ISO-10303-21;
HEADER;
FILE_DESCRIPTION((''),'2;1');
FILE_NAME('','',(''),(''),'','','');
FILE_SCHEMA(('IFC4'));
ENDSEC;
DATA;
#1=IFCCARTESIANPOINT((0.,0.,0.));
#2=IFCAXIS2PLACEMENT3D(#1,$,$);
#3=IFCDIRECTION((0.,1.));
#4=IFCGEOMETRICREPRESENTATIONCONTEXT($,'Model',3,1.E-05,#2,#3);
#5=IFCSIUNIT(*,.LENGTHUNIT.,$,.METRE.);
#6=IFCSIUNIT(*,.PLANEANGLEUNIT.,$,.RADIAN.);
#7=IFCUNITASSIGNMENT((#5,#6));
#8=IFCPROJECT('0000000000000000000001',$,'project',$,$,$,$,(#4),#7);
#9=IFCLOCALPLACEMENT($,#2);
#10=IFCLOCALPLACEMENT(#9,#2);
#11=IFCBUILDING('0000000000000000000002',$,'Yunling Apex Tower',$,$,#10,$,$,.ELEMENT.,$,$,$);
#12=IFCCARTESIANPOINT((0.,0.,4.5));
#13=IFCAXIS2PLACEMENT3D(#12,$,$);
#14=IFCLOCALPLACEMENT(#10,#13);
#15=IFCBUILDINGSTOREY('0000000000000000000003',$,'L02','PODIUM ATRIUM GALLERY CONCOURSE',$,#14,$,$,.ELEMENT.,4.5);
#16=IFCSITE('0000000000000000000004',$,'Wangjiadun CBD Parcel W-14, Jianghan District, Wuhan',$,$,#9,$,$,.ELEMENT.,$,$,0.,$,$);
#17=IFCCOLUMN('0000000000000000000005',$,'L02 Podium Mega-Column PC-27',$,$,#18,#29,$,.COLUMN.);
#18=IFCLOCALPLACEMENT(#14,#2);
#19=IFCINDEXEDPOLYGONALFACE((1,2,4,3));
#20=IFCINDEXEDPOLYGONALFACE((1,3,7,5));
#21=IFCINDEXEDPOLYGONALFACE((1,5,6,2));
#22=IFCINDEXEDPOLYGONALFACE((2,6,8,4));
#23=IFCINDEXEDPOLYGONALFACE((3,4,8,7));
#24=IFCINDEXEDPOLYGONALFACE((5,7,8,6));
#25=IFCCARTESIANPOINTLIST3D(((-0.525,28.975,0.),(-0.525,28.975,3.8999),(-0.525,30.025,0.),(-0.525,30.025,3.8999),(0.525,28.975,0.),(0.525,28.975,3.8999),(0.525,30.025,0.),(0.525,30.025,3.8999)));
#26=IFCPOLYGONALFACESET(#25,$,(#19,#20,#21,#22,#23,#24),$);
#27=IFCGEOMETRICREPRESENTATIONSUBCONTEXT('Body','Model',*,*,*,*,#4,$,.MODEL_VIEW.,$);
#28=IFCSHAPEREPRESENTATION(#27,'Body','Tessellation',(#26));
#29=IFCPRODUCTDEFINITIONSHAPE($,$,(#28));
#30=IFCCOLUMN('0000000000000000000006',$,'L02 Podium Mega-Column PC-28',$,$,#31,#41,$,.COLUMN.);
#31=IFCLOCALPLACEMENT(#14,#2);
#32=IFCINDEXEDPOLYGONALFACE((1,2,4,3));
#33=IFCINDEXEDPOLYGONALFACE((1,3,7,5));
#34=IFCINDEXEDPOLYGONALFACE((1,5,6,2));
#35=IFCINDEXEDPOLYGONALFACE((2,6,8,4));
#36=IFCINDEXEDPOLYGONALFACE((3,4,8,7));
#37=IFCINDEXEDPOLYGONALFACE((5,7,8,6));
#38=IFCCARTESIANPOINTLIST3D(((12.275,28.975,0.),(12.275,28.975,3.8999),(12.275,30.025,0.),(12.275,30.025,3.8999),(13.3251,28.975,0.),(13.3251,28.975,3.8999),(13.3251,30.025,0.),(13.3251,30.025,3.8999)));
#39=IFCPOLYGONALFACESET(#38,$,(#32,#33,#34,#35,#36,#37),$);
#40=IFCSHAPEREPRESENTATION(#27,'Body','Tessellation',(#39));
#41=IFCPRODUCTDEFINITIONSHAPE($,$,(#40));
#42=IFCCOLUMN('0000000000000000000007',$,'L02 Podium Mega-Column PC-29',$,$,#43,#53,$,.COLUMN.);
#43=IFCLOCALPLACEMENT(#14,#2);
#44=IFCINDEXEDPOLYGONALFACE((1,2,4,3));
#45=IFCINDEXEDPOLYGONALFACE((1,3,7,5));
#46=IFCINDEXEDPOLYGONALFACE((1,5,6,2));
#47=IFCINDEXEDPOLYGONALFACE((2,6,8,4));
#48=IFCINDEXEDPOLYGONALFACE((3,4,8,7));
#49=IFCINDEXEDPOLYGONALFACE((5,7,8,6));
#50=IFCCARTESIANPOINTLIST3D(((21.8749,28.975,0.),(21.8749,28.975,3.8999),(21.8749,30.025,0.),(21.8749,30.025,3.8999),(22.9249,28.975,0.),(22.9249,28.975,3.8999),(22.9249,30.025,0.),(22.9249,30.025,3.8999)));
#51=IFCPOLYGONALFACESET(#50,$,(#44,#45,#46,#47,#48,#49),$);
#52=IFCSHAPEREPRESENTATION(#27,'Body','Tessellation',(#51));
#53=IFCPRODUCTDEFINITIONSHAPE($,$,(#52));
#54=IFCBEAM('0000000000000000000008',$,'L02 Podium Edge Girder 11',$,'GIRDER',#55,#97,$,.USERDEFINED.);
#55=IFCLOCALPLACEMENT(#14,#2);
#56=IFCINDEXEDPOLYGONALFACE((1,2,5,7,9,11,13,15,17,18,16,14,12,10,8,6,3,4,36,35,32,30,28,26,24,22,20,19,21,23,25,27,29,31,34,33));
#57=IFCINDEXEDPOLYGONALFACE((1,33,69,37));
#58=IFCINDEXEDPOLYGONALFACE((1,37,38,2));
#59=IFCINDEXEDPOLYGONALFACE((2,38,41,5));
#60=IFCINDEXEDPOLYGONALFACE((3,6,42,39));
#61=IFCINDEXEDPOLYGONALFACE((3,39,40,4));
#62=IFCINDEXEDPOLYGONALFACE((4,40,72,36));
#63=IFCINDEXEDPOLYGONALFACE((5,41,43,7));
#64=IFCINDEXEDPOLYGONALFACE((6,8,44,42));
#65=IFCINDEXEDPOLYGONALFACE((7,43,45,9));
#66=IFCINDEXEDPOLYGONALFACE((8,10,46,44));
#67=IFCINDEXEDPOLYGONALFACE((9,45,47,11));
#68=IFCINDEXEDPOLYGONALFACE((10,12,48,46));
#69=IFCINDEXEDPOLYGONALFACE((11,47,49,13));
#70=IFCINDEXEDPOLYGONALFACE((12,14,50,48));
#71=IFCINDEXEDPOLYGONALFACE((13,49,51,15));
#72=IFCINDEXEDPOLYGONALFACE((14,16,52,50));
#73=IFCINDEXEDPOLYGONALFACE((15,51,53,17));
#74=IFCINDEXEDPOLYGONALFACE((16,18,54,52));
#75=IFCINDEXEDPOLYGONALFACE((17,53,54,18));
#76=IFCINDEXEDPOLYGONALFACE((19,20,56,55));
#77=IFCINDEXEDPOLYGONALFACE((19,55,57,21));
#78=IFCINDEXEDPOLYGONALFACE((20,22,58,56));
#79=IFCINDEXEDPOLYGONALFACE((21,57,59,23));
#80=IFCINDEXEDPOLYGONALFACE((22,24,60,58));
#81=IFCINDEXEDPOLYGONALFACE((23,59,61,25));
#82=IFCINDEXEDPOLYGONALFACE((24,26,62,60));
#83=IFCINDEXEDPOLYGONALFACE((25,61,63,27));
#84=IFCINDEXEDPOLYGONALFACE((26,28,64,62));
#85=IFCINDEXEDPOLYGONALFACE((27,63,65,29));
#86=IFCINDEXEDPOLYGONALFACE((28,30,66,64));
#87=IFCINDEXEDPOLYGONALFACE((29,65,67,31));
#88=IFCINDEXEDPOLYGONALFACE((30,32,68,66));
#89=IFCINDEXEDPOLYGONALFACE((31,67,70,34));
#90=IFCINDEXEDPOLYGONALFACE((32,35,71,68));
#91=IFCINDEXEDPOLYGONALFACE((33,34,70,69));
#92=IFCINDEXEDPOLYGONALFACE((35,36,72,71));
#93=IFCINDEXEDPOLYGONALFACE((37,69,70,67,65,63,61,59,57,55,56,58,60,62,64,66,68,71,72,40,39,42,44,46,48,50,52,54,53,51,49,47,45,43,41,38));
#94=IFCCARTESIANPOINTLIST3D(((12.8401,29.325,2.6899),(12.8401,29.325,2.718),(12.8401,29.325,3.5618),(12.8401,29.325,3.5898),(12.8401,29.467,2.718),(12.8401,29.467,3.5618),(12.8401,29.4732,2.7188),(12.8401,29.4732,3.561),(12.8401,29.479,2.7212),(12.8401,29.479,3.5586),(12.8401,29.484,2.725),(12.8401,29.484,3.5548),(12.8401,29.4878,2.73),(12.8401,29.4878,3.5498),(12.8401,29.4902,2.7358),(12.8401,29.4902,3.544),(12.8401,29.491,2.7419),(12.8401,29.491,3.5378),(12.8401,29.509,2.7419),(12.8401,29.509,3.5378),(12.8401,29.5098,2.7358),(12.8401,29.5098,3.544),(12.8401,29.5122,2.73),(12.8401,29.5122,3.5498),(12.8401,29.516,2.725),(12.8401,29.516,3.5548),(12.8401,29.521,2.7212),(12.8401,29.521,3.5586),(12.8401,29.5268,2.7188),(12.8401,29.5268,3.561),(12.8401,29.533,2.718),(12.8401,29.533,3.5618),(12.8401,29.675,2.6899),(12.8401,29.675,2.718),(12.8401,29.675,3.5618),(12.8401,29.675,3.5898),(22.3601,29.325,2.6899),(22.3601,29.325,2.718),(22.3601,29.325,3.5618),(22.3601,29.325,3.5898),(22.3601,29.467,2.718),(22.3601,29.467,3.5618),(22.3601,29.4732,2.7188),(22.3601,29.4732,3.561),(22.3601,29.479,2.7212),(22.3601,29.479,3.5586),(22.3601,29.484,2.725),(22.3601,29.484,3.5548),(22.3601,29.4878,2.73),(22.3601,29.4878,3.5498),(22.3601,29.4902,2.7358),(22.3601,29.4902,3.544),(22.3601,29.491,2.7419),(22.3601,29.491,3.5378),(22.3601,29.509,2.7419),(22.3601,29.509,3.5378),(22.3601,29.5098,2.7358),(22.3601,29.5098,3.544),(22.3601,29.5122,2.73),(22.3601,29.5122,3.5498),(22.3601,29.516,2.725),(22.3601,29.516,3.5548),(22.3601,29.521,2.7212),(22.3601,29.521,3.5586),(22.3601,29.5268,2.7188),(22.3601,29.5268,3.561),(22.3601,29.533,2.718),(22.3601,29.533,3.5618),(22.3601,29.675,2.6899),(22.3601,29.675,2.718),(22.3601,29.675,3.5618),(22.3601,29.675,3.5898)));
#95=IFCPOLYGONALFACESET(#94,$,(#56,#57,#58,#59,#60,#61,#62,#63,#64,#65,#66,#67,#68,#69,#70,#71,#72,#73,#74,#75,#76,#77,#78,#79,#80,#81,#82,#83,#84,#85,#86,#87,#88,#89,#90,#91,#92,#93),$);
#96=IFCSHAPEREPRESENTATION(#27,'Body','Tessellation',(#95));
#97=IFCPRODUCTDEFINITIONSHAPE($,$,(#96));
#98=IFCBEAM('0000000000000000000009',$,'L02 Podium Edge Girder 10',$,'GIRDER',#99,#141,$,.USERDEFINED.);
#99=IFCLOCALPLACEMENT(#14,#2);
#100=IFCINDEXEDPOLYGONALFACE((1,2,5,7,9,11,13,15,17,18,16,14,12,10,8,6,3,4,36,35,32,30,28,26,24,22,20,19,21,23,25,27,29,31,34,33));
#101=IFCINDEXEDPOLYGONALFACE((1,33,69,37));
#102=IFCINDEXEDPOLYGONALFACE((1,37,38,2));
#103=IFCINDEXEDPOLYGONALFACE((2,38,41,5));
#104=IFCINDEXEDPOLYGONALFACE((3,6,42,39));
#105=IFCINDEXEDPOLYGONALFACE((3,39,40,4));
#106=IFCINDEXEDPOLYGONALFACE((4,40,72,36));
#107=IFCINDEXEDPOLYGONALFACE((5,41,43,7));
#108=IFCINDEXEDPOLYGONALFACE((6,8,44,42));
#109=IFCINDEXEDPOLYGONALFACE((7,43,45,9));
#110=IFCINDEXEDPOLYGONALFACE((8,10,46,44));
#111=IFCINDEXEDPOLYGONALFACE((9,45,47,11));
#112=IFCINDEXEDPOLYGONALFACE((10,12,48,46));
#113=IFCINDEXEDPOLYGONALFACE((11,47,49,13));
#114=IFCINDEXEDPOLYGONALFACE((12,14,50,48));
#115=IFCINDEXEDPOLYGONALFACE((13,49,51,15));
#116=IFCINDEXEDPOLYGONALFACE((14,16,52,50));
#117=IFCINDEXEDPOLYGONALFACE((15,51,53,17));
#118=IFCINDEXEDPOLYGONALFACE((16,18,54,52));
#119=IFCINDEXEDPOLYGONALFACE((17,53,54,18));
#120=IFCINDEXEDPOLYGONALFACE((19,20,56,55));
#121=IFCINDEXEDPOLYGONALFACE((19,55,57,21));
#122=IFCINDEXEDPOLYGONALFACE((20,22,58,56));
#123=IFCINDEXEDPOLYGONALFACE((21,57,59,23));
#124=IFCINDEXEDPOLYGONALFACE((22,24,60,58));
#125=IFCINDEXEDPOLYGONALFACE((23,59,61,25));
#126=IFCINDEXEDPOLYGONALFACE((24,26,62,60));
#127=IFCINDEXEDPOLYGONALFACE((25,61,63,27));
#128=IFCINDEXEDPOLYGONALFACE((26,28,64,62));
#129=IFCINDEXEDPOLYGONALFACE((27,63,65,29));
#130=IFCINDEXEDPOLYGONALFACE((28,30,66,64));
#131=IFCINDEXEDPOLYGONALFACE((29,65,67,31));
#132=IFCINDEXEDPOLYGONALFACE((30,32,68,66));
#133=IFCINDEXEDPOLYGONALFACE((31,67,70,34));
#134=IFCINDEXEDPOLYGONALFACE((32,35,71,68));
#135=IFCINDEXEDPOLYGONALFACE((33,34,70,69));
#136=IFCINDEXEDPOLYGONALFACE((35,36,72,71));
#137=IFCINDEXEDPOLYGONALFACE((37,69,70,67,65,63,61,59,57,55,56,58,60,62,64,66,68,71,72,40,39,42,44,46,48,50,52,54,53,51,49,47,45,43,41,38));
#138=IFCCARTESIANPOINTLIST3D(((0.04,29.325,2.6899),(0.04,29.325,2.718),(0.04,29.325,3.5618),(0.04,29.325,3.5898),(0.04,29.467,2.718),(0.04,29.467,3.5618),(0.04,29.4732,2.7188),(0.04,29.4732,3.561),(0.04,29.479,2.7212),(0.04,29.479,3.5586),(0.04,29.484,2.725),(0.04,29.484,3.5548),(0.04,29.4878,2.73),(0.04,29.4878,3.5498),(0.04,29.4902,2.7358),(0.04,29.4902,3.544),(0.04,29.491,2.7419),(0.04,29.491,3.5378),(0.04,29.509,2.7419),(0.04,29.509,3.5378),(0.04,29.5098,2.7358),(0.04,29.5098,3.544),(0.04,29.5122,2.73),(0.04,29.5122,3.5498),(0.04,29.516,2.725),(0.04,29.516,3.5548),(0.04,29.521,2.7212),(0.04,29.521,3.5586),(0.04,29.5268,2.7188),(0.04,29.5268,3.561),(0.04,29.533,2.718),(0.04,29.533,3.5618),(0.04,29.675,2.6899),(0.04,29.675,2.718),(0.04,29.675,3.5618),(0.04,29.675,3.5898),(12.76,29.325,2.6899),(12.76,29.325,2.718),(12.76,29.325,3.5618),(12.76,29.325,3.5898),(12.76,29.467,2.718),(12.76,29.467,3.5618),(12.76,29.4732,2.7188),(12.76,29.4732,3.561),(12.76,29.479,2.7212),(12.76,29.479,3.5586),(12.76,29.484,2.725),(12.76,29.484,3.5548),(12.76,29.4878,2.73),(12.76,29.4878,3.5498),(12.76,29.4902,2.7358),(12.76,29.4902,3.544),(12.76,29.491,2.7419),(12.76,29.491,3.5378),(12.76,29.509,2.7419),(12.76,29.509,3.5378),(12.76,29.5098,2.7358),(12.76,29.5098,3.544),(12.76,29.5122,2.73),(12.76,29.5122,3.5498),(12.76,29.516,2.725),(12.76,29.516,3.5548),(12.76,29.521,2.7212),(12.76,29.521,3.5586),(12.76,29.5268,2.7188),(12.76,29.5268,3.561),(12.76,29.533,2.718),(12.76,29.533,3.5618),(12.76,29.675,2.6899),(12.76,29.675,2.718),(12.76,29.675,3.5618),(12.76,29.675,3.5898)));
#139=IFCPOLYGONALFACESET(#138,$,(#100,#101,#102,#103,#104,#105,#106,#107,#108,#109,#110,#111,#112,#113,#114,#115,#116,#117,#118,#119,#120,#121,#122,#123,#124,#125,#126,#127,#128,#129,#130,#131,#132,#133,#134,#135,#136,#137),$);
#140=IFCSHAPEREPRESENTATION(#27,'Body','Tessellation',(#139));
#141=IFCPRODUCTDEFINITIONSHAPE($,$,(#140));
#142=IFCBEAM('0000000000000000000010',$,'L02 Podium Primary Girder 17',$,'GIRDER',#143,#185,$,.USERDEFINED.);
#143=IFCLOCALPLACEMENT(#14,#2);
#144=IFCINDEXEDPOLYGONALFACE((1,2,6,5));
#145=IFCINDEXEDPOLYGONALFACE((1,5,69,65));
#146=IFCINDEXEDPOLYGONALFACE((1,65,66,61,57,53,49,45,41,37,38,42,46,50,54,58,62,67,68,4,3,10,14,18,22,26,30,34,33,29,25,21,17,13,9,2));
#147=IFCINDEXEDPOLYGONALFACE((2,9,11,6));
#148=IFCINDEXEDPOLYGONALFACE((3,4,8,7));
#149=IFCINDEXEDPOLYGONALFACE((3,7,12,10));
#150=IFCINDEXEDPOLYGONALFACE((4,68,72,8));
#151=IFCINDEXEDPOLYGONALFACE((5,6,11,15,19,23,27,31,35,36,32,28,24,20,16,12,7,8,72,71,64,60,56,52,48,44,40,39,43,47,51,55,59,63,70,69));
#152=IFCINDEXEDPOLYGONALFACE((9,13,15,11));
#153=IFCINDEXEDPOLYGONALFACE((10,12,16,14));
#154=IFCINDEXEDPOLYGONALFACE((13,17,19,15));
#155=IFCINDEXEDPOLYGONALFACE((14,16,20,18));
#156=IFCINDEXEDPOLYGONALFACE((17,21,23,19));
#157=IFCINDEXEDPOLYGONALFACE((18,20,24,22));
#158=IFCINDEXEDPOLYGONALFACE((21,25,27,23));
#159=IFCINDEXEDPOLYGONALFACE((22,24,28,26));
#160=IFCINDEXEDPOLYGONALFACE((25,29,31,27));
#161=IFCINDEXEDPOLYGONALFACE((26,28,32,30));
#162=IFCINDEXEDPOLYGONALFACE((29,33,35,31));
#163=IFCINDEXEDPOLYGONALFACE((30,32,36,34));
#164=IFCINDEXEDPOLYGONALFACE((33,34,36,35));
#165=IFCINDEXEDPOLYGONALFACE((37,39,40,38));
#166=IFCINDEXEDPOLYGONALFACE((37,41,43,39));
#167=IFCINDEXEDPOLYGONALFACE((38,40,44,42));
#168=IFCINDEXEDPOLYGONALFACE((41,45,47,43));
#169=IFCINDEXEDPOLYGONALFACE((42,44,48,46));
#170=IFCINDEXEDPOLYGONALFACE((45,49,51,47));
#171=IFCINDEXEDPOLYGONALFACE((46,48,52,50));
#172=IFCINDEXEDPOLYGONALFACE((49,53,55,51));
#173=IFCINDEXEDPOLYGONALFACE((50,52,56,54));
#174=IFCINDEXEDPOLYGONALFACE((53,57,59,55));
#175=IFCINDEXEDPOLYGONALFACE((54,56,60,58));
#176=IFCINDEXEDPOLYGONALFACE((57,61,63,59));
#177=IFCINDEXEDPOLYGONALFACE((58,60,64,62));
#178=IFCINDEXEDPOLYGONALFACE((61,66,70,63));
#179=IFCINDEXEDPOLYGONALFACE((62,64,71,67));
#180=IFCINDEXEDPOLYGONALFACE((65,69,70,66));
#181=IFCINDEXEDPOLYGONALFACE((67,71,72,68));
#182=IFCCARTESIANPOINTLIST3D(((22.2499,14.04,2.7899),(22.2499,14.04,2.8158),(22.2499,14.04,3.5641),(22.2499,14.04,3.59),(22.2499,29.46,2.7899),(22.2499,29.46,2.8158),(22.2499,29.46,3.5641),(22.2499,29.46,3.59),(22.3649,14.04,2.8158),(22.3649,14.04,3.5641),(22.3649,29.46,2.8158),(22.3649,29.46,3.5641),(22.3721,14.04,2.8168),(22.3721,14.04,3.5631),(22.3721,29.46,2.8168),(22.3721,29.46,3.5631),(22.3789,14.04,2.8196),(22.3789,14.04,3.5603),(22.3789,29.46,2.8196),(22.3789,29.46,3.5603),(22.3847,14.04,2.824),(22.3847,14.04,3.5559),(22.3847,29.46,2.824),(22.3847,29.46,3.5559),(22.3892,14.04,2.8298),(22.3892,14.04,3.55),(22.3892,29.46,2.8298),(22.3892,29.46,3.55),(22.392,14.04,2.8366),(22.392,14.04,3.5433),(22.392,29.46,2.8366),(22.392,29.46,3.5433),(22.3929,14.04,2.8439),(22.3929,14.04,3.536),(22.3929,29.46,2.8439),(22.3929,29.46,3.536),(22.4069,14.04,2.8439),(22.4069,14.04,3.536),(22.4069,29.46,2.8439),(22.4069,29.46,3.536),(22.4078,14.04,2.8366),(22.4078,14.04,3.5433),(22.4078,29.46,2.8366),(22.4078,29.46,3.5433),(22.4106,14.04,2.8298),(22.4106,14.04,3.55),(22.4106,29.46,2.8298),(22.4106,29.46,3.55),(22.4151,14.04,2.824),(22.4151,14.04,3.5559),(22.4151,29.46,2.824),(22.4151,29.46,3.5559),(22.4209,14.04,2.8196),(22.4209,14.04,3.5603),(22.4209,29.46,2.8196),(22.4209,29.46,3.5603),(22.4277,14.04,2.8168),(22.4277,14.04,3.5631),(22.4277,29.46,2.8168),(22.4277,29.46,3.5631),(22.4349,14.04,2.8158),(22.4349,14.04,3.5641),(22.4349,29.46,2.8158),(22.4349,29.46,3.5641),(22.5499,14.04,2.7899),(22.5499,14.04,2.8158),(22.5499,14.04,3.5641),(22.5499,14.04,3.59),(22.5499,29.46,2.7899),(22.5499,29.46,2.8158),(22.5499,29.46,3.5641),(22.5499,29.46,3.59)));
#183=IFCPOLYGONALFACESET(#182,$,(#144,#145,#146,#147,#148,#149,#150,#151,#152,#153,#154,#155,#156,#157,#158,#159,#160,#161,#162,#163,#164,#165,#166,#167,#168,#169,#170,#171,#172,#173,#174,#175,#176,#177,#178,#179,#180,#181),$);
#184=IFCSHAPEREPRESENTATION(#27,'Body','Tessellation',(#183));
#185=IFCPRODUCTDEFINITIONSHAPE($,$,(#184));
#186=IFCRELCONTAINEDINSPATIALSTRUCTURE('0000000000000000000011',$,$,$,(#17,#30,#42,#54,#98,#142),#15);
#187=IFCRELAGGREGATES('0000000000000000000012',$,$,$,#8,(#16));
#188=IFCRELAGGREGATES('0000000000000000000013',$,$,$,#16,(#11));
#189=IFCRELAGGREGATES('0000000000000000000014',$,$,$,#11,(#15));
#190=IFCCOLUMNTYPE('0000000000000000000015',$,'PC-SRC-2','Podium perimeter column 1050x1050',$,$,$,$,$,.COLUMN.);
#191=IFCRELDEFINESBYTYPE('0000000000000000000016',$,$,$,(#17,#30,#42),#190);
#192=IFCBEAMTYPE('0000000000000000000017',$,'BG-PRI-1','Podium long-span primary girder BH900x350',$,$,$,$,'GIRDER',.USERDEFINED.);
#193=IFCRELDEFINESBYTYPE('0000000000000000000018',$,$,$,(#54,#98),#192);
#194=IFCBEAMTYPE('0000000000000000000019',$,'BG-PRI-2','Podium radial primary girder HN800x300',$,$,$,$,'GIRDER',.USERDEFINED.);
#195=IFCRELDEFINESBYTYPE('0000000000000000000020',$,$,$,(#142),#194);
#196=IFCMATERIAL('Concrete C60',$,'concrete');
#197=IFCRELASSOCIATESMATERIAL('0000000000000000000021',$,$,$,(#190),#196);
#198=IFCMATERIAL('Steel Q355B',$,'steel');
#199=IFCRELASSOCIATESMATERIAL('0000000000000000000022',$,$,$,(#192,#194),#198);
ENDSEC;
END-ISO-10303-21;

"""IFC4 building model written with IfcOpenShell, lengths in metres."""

from ifc_helpers import new_model, si_unit, direction, frame, origin, origin_2d, place, context, subcontext, project, spatial, rectangle, i_section, extrude, source, transform, mapped, material, material_profile, profile_set, type_object, element, save


model = new_model("IFC4")

# Units and contexts
model_context = context("Model", 3, precision=1e-05, world=origin(), true_north=direction((0.0, 1.0)))
body_context = subcontext(model_context, "Body", "Model", "MODEL_VIEW")
ifc_project = project(units=[si_unit("LENGTHUNIT", "METRE"), si_unit("PLANEANGLEUNIT", "RADIAN")], contexts=[model_context])

# Site, building, storey
site_placement = place(None, origin())
site = spatial("IfcSite", under=ifc_project, at=site_placement, Name="Wangjiadun CBD Parcel W-14, Jianghan District, Wuhan", CompositionType="ELEMENT", RefElevation=0.0)
building_placement = place(site_placement, origin())
building = spatial("IfcBuilding", under=site, at=building_placement, Name="Yunling Apex Tower", CompositionType="ELEMENT")
storey_placement = place(building_placement, frame((0.0, 0.0, 4.5)))
storey = spatial("IfcBuildingStorey", under=building, at=storey_placement, Name="L02", Description="PODIUM ATRIUM GALLERY CONCOURSE", CompositionType="ELEMENT", Elevation=4.5)

# Columns
ifc_material_1 = material(Name="Concrete C60", Category="concrete")
ifc_material_profile_1 = material_profile(ifc_material_1, rectangle(XDim=1.05, YDim=1.05, at=origin_2d()))
ifc_profile_set_1 = profile_set([ifc_material_profile_1], Name="Concrete C60")
column_type = type_object("IfcColumnType", Name="PC-SRC-2", Description="Podium perimeter column 1050x1050", PredefinedType="COLUMN", material=ifc_profile_set_1)
shared_shape_1 = source(origin(), body_context, "Body", "SweptSolid", [
    extrude(rectangle(XDim=1.05, YDim=1.05, at=origin_2d()), origin(), (0.0, 0.0, 1.0), 3.8999),
])
for number, where, z_axis, x_axis, name in (
    (1, (0.0, 29.5, 0.0), (0.0, 0.0, 1.0), (1.0, 0.0, 0.0), "L02 Podium Mega-Column PC-27"),
    (2, (12.8, 29.5, 0.0), (0.0, 0.0, 1.0), (1.0, 0.0, 0.0), "L02 Podium Mega-Column PC-28"),
    (3, (22.3999, 29.5, 0.0), (0.0, 0.0, 1.0), (1.0, 0.0, 0.0), "L02 Podium Mega-Column PC-29"),
):
    element("IfcColumn", number, at=place(storey_placement, frame(where, z_axis=z_axis, x_axis=x_axis)), inside=storey, type_object=column_type, Name=name, PredefinedType="COLUMN", context=body_context, shape_type="MappedRepresentation", body=[
        mapped(shared_shape_1, transform((0.0, 0.0, 0.0), scale=1.0)),
    ])

# Beams
ifc_material_2 = material(Name="Steel Q355B", Category="steel")
ifc_material_profile_2 = material_profile(ifc_material_2, i_section(OverallWidth=0.3501, OverallDepth=0.8999, WebThickness=0.0181, FlangeThickness=0.0281, FilletRadius=0.0239, at=origin_2d()))
ifc_profile_set_2 = profile_set([ifc_material_profile_2], Name="Steel Q355B")
beam_type_1 = type_object("IfcBeamType", Name="BG-PRI-1", Description="Podium long-span primary girder BH900x350", ElementType="GIRDER", PredefinedType="USERDEFINED", material=ifc_profile_set_2)
shared_shape_2 = source(origin(), body_context, "Body", "SweptSolid", [
    extrude(i_section(OverallWidth=0.3501, OverallDepth=0.8999, WebThickness=0.0181, FlangeThickness=0.0281, FilletRadius=0.0239, at=origin_2d()), origin(), (0.0, 0.0, 1.0), 9.52),
])
beam_1_placement = place(storey_placement, frame((12.8401, 29.5, 3.1399), z_axis=(1.0, 0.0, 0.0), x_axis=(0.0, 1.0, 0.0)))
element("IfcBeam", 4, at=beam_1_placement, inside=storey, type_object=beam_type_1, Name="L02 Podium Edge Girder 11", ObjectType="GIRDER", PredefinedType="USERDEFINED", context=body_context, shape_type="MappedRepresentation", body=[
    mapped(shared_shape_2, transform((0.0, 0.0, 0.0), scale=1.0)),
])
shared_shape_3 = source(origin(), body_context, "Body", "SweptSolid", [
    extrude(i_section(OverallWidth=0.3501, OverallDepth=0.8999, WebThickness=0.0181, FlangeThickness=0.0281, FilletRadius=0.0239, at=origin_2d()), origin(), (0.0, 0.0, 1.0), 12.72),
])
beam_2_placement = place(storey_placement, frame((0.04, 29.5, 3.1399), z_axis=(1.0, 0.0, 0.0), x_axis=(0.0, 1.0, 0.0)))
element("IfcBeam", 5, at=beam_2_placement, inside=storey, type_object=beam_type_1, Name="L02 Podium Edge Girder 10", ObjectType="GIRDER", PredefinedType="USERDEFINED", context=body_context, shape_type="MappedRepresentation", body=[
    mapped(shared_shape_3, transform((0.0, 0.0, 0.0), scale=1.0)),
])
ifc_material_profile_3 = material_profile(ifc_material_2, i_section(OverallWidth=0.3, OverallDepth=0.8, WebThickness=0.0139, FlangeThickness=0.0259, FilletRadius=0.0281, at=origin_2d()))
ifc_profile_set_3 = profile_set([ifc_material_profile_3], Name="Steel Q355B")
beam_type_2 = type_object("IfcBeamType", Name="BG-PRI-2", Description="Podium radial primary girder HN800x300", ElementType="GIRDER", PredefinedType="USERDEFINED", material=ifc_profile_set_3)
shared_shape_4 = source(origin(), body_context, "Body", "SweptSolid", [
    extrude(i_section(OverallWidth=0.3, OverallDepth=0.8, WebThickness=0.0139, FlangeThickness=0.0259, FilletRadius=0.0281, at=origin_2d()), origin(), (0.0, 0.0, 1.0), 15.4199),
])
beam_3_placement = place(storey_placement, frame((22.3999, 29.46, 3.1899), z_axis=(0.0, -1.0, 0.0), x_axis=(1.0, 0.0, 0.0)))
element("IfcBeam", 6, at=beam_3_placement, inside=storey, type_object=beam_type_2, Name="L02 Podium Primary Girder 17", ObjectType="GIRDER", PredefinedType="USERDEFINED", context=body_context, shape_type="MappedRepresentation", body=[
    mapped(shared_shape_4, transform((0.0, 0.0, 0.0), scale=1.0)),
])

save(model, "model.ifc")
